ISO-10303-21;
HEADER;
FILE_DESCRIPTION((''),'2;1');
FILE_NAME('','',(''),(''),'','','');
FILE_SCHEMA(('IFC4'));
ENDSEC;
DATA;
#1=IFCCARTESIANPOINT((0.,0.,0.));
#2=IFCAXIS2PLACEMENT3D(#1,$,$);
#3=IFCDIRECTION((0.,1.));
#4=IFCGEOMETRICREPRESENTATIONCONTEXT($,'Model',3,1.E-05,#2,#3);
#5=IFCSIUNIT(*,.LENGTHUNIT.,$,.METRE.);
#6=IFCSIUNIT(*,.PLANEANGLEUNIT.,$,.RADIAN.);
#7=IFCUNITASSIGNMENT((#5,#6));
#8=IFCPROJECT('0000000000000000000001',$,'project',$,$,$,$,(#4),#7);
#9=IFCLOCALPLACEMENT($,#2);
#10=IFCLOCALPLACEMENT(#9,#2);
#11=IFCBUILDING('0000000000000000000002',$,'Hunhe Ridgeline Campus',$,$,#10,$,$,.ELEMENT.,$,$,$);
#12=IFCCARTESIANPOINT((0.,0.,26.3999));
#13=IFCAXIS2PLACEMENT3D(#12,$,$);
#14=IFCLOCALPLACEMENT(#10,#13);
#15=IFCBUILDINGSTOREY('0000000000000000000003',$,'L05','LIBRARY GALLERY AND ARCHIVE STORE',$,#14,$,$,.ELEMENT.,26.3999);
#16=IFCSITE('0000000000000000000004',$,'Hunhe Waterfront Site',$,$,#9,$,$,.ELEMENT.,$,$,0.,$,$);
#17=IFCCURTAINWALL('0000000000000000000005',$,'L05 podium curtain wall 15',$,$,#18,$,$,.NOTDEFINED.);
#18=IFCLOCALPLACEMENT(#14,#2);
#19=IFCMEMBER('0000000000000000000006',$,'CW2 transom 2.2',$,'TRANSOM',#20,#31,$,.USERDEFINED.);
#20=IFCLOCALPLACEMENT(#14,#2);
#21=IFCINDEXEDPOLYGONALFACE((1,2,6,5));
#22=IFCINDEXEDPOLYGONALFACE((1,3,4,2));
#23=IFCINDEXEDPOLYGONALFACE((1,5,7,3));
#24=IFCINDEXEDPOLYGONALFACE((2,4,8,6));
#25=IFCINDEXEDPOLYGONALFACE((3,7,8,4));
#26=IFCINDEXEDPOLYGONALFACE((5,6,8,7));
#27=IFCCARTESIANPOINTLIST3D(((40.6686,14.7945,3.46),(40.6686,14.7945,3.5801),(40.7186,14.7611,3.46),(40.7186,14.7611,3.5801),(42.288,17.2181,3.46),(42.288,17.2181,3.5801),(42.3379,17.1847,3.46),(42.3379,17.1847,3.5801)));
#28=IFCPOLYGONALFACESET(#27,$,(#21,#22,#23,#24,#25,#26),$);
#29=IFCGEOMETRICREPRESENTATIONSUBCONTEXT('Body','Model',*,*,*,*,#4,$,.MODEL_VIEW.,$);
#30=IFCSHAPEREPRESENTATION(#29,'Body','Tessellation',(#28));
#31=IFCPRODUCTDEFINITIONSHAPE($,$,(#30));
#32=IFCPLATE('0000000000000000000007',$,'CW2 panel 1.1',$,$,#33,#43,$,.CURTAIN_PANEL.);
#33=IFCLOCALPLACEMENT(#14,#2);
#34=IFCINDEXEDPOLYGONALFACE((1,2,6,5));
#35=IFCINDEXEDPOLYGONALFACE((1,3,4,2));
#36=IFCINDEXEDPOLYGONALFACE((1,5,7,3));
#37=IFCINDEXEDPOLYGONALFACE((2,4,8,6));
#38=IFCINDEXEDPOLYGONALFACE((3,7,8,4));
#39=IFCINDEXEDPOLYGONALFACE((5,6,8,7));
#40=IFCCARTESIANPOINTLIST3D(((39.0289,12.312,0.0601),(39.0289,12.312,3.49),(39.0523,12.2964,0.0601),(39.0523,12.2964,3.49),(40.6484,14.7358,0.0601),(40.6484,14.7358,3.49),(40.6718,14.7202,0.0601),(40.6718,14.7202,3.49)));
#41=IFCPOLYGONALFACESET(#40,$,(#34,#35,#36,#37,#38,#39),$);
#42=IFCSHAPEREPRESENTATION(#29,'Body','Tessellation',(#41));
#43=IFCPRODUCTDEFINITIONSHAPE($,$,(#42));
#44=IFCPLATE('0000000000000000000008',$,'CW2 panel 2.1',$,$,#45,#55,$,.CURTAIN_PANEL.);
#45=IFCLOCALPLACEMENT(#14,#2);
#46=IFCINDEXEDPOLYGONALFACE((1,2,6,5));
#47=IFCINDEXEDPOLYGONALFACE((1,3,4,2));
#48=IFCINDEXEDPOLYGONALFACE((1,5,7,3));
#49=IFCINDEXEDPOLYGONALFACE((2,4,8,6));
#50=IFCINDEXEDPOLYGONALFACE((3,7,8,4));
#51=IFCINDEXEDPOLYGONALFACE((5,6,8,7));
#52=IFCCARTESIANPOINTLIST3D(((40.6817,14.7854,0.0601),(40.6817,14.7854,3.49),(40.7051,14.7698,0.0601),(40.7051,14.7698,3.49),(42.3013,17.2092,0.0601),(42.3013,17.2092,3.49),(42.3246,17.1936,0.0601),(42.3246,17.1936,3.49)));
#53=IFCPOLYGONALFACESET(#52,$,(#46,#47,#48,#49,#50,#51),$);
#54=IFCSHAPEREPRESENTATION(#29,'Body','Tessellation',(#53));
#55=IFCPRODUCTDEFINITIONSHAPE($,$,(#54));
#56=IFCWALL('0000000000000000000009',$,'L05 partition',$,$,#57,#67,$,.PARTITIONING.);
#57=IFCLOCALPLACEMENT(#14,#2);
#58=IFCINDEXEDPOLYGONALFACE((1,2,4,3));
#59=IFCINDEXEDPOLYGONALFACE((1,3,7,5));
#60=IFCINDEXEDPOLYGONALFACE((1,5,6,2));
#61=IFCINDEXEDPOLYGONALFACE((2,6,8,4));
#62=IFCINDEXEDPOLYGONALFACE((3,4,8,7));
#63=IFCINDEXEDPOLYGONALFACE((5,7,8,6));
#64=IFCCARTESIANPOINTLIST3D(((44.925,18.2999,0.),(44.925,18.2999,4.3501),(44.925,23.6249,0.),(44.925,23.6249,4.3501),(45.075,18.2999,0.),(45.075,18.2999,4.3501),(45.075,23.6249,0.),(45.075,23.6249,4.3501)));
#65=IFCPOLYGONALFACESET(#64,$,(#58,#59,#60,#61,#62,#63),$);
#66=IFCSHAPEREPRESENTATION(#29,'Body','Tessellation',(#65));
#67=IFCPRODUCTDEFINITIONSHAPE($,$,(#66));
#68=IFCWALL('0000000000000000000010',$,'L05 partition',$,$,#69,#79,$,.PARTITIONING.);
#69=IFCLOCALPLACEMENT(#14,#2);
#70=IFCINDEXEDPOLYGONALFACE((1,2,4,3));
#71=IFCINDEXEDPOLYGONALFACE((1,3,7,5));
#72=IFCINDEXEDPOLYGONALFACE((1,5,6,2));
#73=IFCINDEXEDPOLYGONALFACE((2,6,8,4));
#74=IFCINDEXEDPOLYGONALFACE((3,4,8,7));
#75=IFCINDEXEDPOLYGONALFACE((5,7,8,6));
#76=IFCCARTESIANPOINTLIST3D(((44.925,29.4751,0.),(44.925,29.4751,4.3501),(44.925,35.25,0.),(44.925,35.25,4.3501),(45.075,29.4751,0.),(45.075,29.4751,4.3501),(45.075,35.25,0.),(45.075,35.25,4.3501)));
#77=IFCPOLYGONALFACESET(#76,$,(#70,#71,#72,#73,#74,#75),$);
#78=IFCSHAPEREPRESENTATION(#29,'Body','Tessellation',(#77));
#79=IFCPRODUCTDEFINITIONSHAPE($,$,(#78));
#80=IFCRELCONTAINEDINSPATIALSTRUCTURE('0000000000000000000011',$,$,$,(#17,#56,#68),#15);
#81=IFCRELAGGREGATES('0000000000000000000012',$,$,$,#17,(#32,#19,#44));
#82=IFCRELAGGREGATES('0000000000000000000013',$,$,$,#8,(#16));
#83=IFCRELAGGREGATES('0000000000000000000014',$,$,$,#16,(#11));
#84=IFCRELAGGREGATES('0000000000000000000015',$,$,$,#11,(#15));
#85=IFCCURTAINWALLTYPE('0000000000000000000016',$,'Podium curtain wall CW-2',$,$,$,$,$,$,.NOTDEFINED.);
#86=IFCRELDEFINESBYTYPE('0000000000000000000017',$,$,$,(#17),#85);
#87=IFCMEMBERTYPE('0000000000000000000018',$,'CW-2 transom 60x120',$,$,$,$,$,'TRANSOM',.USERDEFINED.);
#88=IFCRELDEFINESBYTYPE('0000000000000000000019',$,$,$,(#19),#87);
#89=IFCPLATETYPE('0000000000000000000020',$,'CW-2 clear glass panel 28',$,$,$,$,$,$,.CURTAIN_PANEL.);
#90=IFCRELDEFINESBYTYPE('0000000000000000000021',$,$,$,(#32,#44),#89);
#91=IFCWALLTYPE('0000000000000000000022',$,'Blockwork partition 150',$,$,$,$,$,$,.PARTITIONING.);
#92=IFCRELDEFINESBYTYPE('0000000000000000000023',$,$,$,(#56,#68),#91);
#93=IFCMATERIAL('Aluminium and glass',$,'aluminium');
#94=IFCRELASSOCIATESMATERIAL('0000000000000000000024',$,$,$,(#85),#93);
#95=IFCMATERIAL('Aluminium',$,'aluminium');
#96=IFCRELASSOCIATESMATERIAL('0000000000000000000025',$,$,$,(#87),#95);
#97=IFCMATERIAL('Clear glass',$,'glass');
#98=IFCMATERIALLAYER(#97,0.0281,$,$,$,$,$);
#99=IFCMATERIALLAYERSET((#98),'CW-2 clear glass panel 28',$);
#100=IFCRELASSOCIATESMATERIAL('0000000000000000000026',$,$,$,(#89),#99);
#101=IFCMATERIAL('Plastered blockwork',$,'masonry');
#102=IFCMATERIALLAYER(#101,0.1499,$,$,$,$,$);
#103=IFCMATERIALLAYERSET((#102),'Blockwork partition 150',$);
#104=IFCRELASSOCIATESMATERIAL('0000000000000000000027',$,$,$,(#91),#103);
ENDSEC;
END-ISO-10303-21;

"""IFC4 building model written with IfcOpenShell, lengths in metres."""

from ifc_helpers import new_model, si_unit, direction, frame, frame_2d, origin, origin_2d, place, context, subcontext, project, spatial, rectangle, extrude, material, layer, layer_set, material_profile, profile_set, type_object, element, aggregate, save


model = new_model("IFC4")

# Units and contexts
model_context = context("Model", 3, precision=1e-05, world=origin(), true_north=direction((0.0, 1.0)))
body_context = subcontext(model_context, "Body", "Model", "MODEL_VIEW")
ifc_project = project(units=[si_unit("LENGTHUNIT", "METRE"), si_unit("PLANEANGLEUNIT", "RADIAN")], contexts=[model_context])

# Site, building, storey
site_placement = place(None, origin())
site = spatial("IfcSite", under=ifc_project, at=site_placement, Name="Hunhe Waterfront Site", CompositionType="ELEMENT", RefElevation=0.0)
building_placement = place(site_placement, origin())
building = spatial("IfcBuilding", under=site, at=building_placement, Name="Hunhe Ridgeline Campus", CompositionType="ELEMENT")
storey_placement = place(building_placement, frame((0.0, 0.0, 26.3999)))
storey = spatial("IfcBuildingStorey", under=building, at=storey_placement, Name="L05", Description="LIBRARY GALLERY AND ARCHIVE STORE", CompositionType="ELEMENT", Elevation=26.3999)

# Shared definitions
ifc_material_1 = material(Name="Aluminium and glass", Category="aluminium")
curtain_wall_type = type_object("IfcCurtainWallType", Name="Podium curtain wall CW-2", PredefinedType="NOTDEFINED", material=ifc_material_1)
ifc_material_2 = material(Name="Aluminium", Category="aluminium")

# Curtain wall, member, plates
curtain_wall_1_placement = place(storey_placement, origin())
curtain_wall_1 = element("IfcCurtainWall", 1, at=curtain_wall_1_placement, inside=storey, type_object=curtain_wall_type, Name="L05 podium curtain wall 15", PredefinedType="NOTDEFINED")
ifc_material_profile_1 = material_profile(ifc_material_2, rectangle(XDim=0.0601, YDim=0.1201, at=origin_2d()))
ifc_profile_set_1 = profile_set([ifc_material_profile_1], Name="Aluminium")
member_type_1 = type_object("IfcMemberType", Name="CW-2 transom 60x120", ElementType="TRANSOM", PredefinedType="USERDEFINED", material=ifc_profile_set_1)
member_1_placement = place(storey_placement, frame((40.6936, 14.7778, 3.52), z_axis=(0.55557, 0.83147, 0.0), x_axis=(-0.83147, 0.55557, 0.0)))
member_1 = element("IfcMember", 2, at=member_1_placement, type_object=member_type_1, Name="CW2 transom 2.2", ObjectType="TRANSOM", PredefinedType="USERDEFINED", context=body_context, shape_type="SweptSolid", body=[
    extrude(rectangle(XDim=0.0601, YDim=0.1201, at=origin_2d()), origin(), (0.0, 0.0, 1.0), 2.9148),
])
ifc_material_3 = material(Name="Clear glass", Category="glass")
ifc_layer_1 = layer(ifc_material_3, 0.0281)
ifc_layer_set_1 = layer_set([ifc_layer_1], Name="CW-2 clear glass panel 28")
plate_type = type_object("IfcPlateType", Name="CW-2 clear glass panel 28", PredefinedType="CURTAIN_PANEL", material=ifc_layer_set_1)
plate_1_placement = place(storey_placement, frame((39.8503, 13.5161, 0.0601), z_axis=(0.0, 0.0, 1.0), x_axis=(0.555572, 0.831469, 0.0)))
plate_1 = element("IfcPlate", 3, at=plate_1_placement, type_object=plate_type, Name="CW2 panel 1.1", PredefinedType="CURTAIN_PANEL", context=body_context, shape_type="SweptSolid", body=[
    extrude(rectangle(XDim=2.915, YDim=0.0281, at=origin_2d()), origin(), (0.0, 0.0, 1.0), 3.4299),
])
plate_2_placement = place(storey_placement, frame((41.5032, 15.9895, 0.0601), z_axis=(0.0, 0.0, 1.0), x_axis=(0.555572, 0.831469, 0.0)))
plate_2 = element("IfcPlate", 4, at=plate_2_placement, type_object=plate_type, Name="CW2 panel 2.1", PredefinedType="CURTAIN_PANEL", context=body_context, shape_type="SweptSolid", body=[
    extrude(rectangle(XDim=2.915, YDim=0.0281, at=origin_2d()), origin(), (0.0, 0.0, 1.0), 3.4299),
])
aggregate(curtain_wall_1, [plate_1, member_1, plate_2])

# Walls
ifc_material_4 = material(Name="Plastered blockwork", Category="masonry")
ifc_layer_2 = layer(ifc_material_4, 0.1499)
ifc_layer_set_2 = layer_set([ifc_layer_2], Name="Blockwork partition 150")
wall_type_1 = type_object("IfcWallType", Name="Blockwork partition 150", PredefinedType="PARTITIONING", material=ifc_layer_set_2)
wall_1_placement = place(storey_placement, frame((45.0, 23.625, 0.0), z_axis=(0.0, 0.0, 1.0), x_axis=(0.0, -1.0, 0.0)))
element("IfcWall", 5, at=wall_1_placement, inside=storey, type_object=wall_type_1, Name="L05 partition", PredefinedType="PARTITIONING", context=body_context, shape_type="SweptSolid", body=[
    extrude(rectangle(XDim=5.325, YDim=0.1499, at=frame_2d((2.6626, 0.0))), origin(), (0.0, 0.0, 1.0), 4.3501),
])
wall_2_placement = place(storey_placement, frame((45.0, 29.4751, 0.0), z_axis=(0.0, 0.0, 1.0), x_axis=(0.0, 1.0, 0.0)))
element("IfcWall", 6, at=wall_2_placement, inside=storey, type_object=wall_type_1, Name="L05 partition", PredefinedType="PARTITIONING", context=body_context, shape_type="SweptSolid", body=[
    extrude(rectangle(XDim=5.7749, YDim=0.1499, at=frame_2d((2.8875, 0.0))), origin(), (0.0, 0.0, 1.0), 4.3501),
])

save(model, "model.ifc")
